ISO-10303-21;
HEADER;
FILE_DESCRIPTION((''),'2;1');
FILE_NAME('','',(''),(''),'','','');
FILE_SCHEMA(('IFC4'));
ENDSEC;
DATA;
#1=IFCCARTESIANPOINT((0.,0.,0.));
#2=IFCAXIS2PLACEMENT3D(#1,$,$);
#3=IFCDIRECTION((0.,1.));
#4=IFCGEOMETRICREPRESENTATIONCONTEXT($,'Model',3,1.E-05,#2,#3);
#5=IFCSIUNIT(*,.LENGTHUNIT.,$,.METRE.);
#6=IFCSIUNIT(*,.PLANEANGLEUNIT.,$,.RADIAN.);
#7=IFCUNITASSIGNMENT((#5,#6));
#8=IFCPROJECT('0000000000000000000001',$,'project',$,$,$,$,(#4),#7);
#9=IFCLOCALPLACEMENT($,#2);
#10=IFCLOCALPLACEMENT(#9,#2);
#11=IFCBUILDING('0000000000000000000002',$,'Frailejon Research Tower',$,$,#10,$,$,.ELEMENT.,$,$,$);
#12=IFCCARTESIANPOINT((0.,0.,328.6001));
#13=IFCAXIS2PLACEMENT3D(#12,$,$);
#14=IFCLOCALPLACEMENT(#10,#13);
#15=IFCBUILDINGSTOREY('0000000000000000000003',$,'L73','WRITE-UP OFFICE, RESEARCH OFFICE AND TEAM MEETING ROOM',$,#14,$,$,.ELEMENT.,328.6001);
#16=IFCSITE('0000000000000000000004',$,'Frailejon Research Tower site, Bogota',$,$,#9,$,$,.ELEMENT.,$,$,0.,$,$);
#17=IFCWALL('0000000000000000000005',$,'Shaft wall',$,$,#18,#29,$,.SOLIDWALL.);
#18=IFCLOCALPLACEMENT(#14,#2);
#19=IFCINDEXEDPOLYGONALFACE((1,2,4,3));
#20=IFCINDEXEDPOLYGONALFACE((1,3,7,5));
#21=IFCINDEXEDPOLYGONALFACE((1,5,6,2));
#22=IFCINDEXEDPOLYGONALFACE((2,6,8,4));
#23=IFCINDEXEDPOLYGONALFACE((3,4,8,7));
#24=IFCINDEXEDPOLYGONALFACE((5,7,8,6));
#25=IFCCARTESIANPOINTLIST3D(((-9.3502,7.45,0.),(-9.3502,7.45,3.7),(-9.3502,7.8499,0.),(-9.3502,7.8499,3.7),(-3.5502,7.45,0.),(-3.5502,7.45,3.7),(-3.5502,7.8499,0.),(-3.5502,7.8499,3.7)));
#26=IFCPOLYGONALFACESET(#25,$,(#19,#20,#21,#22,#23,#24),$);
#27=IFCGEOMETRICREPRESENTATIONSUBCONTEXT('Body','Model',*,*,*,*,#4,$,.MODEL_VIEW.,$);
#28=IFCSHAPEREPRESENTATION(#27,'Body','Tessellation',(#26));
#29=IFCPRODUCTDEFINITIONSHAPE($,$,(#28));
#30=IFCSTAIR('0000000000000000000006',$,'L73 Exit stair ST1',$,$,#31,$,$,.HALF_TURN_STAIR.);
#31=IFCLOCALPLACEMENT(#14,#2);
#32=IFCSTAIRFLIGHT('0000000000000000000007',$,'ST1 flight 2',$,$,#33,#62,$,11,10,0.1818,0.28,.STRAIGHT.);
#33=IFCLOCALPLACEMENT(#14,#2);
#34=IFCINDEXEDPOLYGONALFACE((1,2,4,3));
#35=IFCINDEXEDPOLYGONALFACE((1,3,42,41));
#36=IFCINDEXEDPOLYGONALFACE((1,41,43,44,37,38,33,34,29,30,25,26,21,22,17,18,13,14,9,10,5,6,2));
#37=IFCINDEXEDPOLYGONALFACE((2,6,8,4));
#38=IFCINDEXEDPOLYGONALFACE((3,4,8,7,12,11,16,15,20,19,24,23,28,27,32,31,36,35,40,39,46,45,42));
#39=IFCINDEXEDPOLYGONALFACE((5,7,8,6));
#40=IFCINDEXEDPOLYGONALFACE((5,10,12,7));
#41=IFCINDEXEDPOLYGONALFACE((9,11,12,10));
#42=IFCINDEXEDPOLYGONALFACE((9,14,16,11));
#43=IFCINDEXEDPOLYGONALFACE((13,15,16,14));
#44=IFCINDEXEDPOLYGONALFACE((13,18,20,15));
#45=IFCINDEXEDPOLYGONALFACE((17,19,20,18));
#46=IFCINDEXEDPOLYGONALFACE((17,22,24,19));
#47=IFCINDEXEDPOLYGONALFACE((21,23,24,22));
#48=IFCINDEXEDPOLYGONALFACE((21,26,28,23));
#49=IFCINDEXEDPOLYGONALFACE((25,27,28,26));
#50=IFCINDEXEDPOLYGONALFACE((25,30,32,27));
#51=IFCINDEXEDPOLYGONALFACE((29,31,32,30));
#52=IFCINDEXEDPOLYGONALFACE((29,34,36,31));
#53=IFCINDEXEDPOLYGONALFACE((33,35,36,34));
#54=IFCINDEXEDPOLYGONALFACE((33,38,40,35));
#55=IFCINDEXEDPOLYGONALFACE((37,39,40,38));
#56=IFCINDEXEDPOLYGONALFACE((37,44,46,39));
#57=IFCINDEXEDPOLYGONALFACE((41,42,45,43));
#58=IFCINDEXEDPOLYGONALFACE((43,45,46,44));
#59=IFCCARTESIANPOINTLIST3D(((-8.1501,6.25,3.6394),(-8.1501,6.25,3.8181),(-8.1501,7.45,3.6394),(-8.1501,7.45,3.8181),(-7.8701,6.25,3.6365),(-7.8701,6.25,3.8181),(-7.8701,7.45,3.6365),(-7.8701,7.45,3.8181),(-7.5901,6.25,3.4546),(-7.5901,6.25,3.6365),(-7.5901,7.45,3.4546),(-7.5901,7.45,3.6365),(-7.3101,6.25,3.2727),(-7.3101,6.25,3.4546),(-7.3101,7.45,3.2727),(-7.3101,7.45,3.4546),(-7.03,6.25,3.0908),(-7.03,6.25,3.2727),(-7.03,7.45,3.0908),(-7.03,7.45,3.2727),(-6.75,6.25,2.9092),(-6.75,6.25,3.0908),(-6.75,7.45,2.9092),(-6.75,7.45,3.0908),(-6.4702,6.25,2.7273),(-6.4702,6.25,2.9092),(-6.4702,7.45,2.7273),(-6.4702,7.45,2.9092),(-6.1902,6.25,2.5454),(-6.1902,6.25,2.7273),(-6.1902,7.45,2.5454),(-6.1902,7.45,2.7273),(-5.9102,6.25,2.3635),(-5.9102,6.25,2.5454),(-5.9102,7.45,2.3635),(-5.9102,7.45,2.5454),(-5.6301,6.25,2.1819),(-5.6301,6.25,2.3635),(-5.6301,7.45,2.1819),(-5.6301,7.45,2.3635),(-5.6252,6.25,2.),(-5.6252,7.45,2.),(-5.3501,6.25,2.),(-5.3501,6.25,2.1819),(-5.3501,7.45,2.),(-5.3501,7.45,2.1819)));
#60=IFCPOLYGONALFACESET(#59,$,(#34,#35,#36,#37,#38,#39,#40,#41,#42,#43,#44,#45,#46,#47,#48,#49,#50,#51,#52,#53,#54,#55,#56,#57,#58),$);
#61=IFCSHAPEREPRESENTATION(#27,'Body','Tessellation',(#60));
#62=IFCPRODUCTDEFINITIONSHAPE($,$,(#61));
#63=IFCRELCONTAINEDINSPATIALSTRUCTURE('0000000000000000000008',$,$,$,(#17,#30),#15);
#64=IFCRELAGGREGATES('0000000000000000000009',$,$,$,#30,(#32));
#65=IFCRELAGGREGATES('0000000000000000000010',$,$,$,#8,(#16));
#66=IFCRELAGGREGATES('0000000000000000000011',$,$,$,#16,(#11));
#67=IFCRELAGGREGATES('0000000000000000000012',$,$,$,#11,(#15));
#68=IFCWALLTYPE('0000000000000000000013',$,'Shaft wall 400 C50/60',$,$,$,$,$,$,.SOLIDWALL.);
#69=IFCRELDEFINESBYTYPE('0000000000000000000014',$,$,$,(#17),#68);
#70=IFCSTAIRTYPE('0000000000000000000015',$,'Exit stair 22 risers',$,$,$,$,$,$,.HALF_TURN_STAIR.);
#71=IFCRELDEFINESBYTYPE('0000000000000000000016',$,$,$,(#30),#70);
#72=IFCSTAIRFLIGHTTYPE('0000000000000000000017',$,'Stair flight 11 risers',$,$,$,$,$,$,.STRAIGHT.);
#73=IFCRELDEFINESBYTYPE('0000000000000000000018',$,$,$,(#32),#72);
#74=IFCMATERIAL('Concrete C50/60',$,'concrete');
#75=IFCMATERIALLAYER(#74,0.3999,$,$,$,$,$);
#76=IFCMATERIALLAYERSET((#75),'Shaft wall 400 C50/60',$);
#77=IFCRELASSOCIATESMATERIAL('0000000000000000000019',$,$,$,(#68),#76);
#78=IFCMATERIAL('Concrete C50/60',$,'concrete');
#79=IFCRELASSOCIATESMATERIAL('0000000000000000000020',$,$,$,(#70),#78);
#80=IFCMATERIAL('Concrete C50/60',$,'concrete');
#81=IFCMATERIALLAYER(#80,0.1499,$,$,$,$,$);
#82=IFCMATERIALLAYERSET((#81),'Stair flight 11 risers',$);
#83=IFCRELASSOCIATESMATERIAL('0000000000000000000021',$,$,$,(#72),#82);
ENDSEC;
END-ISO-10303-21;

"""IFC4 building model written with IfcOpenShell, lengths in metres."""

from ifc_helpers import new_model, si_unit, direction, frame, frame_2d, origin, place, context, subcontext, project, spatial, polyline, rectangle, outline, extrude, material, layer, layer_set, type_object, element, aggregate, save


model = new_model("IFC4")

# Units and contexts
model_context = context("Model", 3, precision=1e-05, world=origin(), true_north=direction((0.0, 1.0)))
body_context = subcontext(model_context, "Body", "Model", "MODEL_VIEW")
ifc_project = project(units=[si_unit("LENGTHUNIT", "METRE"), si_unit("PLANEANGLEUNIT", "RADIAN")], contexts=[model_context])

# Site, building, storey
site_placement = place(None, origin())
site = spatial("IfcSite", under=ifc_project, at=site_placement, Name="Frailejon Research Tower site, Bogota", CompositionType="ELEMENT", RefElevation=0.0)
building_placement = place(site_placement, origin())
building = spatial("IfcBuilding", under=site, at=building_placement, Name="Frailejon Research Tower", CompositionType="ELEMENT")
storey_placement = place(building_placement, frame((0.0, 0.0, 328.6001)))
storey = spatial("IfcBuildingStorey", under=building, at=storey_placement, Name="L73", Description="WRITE-UP OFFICE, RESEARCH OFFICE AND TEAM MEETING ROOM", CompositionType="ELEMENT", Elevation=328.6001)

# Wall
ifc_material_1 = material(Name="Concrete C50/60", Category="concrete")
ifc_layer_1 = layer(ifc_material_1, 0.3999)
ifc_layer_set_1 = layer_set([ifc_layer_1], Name="Shaft wall 400 C50/60")
wall_type_1 = type_object("IfcWallType", Name="Shaft wall 400 C50/60", PredefinedType="SOLIDWALL", material=ifc_layer_set_1)
wall_1_placement = place(storey_placement, frame((-9.3501, 7.6499, 0.0), z_axis=(0.0, 0.0, 1.0), x_axis=(1.0, 0.0, 0.0)))
element("IfcWall", 1, at=wall_1_placement, inside=storey, type_object=wall_type_1, Name="Shaft wall", PredefinedType="SOLIDWALL", context=body_context, shape_type="SweptSolid", body=[
    extrude(rectangle(XDim=5.8, YDim=0.3999, at=frame_2d((2.8999, 0.0))), origin(), (0.0, 0.0, 1.0), 3.7),
])

# Stair, stair flight
ifc_material_2 = material(Name="Concrete C50/60", Category="concrete")
stair_type = type_object("IfcStairType", Name="Exit stair 22 risers", PredefinedType="HALF_TURN_STAIR", material=ifc_material_2)
stair_placement = place(storey_placement, origin())
stair = element("IfcStair", 2, at=stair_placement, inside=storey, type_object=stair_type, Name="L73 Exit stair ST1", PredefinedType="HALF_TURN_STAIR")
ifc_material_3 = material(Name="Concrete C50/60", Category="concrete")
ifc_layer_2 = layer(ifc_material_3, 0.1499)
ifc_layer_set_2 = layer_set([ifc_layer_2], Name="Stair flight 11 risers")
stair_flight_type = type_object("IfcStairFlightType", Name="Stair flight 11 risers", PredefinedType="STRAIGHT", material=ifc_layer_set_2)
stair_flight_placement = place(storey_placement, frame((-5.3501, 6.8501, 2.0), z_axis=(0.0, 0.0, 1.0), x_axis=(-1.0, 0.0, 0.0)))
stair_flight = element("IfcStairFlight", 3, at=stair_flight_placement, type_object=stair_flight_type, Name="ST1 flight 2", NumberOfRisers=11, NumberOfTreads=10, PredefinedType="STRAIGHT", RiserHeight=0.1818, TreadLength=0.28, context=body_context, shape_type="SweptSolid", body=[
    extrude(outline(polyline([(0.0, 0.0), (0.0, 0.1819), (0.28, 0.1819), (0.28, 0.3635), (0.5601, 0.3635), (0.5601, 0.5454), (0.8401, 0.5454), (0.8401, 0.7273), (1.1201, 0.7273), (1.1201, 0.9092), (1.3999, 0.9092), (1.3999, 1.0908), (1.6799, 1.0908), (1.6799, 1.2727), (1.96, 1.2727), (1.96, 1.4546), (2.24, 1.4546), (2.24, 1.6365), (2.52, 1.6365), (2.52, 1.8181), (2.8, 1.8181), (2.8, 2.0), (2.8, 1.6394), (0.2751, 0.0), (0.0, 0.0)])), frame((0.0, 0.6001, 0.0), z_axis=(0.0, -1.0, 0.0), x_axis=(1.0, 0.0, 0.0)), (0.0, 0.0, 1.0), 1.2),
])
aggregate(stair, [stair_flight])

save(model, "model.ifc")
